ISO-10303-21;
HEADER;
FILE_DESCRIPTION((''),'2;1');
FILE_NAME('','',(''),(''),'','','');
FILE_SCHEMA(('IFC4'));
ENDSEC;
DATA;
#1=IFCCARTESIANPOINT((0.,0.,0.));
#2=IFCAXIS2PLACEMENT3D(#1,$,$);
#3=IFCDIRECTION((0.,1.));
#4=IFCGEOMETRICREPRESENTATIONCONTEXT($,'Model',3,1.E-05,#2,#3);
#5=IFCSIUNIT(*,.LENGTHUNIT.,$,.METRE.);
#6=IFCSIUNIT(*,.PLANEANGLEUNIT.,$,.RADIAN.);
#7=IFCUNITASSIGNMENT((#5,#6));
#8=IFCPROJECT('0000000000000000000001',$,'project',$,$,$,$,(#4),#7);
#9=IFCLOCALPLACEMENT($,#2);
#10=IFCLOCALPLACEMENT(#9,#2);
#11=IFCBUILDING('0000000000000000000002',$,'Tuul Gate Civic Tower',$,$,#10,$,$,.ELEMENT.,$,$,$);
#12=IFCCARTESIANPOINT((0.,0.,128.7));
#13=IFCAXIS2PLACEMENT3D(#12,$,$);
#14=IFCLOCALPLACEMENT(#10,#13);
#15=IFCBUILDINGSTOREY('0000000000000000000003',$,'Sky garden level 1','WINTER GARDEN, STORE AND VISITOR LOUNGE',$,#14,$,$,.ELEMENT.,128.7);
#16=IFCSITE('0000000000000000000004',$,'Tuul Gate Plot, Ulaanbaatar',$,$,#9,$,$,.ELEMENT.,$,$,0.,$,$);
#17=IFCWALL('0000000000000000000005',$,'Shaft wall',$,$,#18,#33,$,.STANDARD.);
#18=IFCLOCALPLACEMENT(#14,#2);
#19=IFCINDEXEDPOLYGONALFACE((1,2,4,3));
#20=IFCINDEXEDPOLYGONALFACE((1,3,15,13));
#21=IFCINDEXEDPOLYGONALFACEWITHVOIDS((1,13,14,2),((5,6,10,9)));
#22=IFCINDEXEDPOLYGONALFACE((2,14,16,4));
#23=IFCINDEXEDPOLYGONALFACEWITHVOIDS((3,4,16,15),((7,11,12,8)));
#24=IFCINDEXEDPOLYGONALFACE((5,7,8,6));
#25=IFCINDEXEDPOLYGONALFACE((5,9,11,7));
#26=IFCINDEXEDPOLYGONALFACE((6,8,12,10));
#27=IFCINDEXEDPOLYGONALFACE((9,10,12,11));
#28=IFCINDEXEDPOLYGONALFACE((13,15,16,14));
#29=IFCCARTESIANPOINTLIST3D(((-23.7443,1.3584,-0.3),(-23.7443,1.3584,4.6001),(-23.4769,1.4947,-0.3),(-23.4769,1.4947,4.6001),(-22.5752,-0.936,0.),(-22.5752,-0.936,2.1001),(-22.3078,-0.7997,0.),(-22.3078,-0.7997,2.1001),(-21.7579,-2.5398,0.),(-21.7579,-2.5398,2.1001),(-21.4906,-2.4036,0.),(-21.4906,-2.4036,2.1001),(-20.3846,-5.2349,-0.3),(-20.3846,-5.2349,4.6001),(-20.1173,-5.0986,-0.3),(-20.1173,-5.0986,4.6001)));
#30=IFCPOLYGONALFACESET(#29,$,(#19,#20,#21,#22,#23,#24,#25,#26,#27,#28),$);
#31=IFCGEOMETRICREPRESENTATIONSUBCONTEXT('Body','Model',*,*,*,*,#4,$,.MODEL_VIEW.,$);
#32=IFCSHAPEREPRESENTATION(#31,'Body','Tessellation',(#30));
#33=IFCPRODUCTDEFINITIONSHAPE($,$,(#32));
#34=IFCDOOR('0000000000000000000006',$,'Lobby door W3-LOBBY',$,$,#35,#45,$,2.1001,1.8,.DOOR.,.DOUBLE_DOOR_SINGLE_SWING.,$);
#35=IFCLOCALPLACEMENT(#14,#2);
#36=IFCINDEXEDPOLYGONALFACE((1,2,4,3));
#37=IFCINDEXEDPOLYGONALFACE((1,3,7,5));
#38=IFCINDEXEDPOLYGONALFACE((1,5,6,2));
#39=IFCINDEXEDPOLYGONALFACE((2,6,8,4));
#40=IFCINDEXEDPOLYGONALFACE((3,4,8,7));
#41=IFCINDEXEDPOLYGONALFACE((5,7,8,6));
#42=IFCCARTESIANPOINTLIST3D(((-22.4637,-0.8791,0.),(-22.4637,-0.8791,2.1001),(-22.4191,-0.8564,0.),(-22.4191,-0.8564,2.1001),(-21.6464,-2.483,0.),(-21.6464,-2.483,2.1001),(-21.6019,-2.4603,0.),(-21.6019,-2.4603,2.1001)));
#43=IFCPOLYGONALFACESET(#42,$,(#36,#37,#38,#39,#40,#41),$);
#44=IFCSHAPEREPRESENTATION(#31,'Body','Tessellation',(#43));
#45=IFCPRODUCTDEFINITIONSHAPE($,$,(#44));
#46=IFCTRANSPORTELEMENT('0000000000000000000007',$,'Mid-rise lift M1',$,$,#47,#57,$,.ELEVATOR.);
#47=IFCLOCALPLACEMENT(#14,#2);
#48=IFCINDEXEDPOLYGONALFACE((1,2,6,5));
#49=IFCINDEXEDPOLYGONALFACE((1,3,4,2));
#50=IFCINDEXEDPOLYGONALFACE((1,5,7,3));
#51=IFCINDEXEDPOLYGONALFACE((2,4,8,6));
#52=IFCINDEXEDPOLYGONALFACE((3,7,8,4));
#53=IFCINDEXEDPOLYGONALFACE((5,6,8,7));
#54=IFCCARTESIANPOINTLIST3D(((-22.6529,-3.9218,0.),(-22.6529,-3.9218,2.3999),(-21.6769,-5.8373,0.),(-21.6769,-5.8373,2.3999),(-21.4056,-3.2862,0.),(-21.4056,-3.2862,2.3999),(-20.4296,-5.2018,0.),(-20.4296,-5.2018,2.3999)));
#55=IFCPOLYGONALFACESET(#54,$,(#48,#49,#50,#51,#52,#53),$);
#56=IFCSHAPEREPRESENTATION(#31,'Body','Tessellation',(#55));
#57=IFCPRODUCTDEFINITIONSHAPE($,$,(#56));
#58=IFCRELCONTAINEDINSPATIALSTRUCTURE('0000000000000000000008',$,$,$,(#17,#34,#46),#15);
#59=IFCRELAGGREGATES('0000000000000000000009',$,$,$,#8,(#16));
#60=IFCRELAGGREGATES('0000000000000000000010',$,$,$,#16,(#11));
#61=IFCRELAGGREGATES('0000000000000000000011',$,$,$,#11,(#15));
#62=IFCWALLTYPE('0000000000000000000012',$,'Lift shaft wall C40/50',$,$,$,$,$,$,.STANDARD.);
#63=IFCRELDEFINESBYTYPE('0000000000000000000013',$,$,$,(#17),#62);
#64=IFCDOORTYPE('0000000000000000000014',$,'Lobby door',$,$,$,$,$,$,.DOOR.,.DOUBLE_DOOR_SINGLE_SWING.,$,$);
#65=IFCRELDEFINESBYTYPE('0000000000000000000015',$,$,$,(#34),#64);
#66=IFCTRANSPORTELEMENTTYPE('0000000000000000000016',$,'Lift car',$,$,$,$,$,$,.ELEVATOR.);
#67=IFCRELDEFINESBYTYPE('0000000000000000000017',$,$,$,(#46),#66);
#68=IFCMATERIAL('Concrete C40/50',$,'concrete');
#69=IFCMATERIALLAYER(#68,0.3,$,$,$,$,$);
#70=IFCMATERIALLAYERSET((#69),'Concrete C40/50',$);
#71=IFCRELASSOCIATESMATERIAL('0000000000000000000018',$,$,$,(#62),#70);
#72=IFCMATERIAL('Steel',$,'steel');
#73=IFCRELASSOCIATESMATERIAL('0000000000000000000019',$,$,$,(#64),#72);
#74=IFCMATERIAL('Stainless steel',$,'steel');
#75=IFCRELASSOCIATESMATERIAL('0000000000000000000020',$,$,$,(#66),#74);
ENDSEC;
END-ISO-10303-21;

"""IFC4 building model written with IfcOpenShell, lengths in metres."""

from ifc_helpers import new_model, si_unit, direction, frame, frame_2d, origin, origin_2d, place, context, subcontext, project, spatial, rectangle, extrude, material, layer, layer_set, type_object, element, fill, save


model = new_model("IFC4")

# Units and contexts
model_context = context("Model", 3, precision=1e-05, world=origin(), true_north=direction((0.0, 1.0)))
body_context = subcontext(model_context, "Body", "Model", "MODEL_VIEW")
ifc_project = project(units=[si_unit("LENGTHUNIT", "METRE"), si_unit("PLANEANGLEUNIT", "RADIAN")], contexts=[model_context])

# Site, building, storey
site_placement = place(None, origin())
site = spatial("IfcSite", under=ifc_project, at=site_placement, Name="Tuul Gate Plot, Ulaanbaatar", CompositionType="ELEMENT", RefElevation=0.0)
building_placement = place(site_placement, origin())
building = spatial("IfcBuilding", under=site, at=building_placement, Name="Tuul Gate Civic Tower", CompositionType="ELEMENT")
storey_placement = place(building_placement, frame((0.0, 0.0, 128.7)))
storey = spatial("IfcBuildingStorey", under=building, at=storey_placement, Name="Sky garden level 1", Description="WINTER GARDEN, STORE AND VISITOR LOUNGE", CompositionType="ELEMENT", Elevation=128.7)

# Shared definitions
ifc_material_1 = material(Name="Concrete C40/50", Category="concrete")
ifc_layer_1 = layer(ifc_material_1, 0.3)
ifc_layer_set_1 = layer_set([ifc_layer_1], Name="Concrete C40/50")
wall_type_1 = type_object("IfcWallType", Name="Lift shaft wall C40/50", PredefinedType="STANDARD", material=ifc_layer_set_1)

# Wall, opening, door
wall_1_placement = place(storey_placement, frame((-20.251, -5.1667, -0.3), z_axis=(0.0, 0.0, 1.0), x_axis=(-0.45401, 0.890996, 0.0)))
wall_1 = element("IfcWall", 1, at=wall_1_placement, inside=storey, type_object=wall_type_1, Name="Shaft wall", PredefinedType="STANDARD", context=body_context, shape_type="SweptSolid", body=[
    extrude(rectangle(XDim=7.3999, YDim=0.3, at=frame_2d((3.7, 0.0))), origin(), (0.0, 0.0, 1.0), 4.9001),
])
opening_1_placement = place(wall_1_placement, frame((3.0249, 0.0, 0.3)))
opening_1 = element("IfcOpeningElement", 2, at=opening_1_placement, cuts=wall_1, PredefinedType="OPENING", context=body_context, shape_type="SweptSolid", body=[
    extrude(rectangle(XDim=1.8, YDim=2.1001, at=frame_2d((0.8999, 1.05))), frame((0.0, 0.1602, 0.0), z_axis=(0.0, -1.0, 0.0), x_axis=(1.0, 0.0, 0.0)), (0.0, 0.0, 1.0), 0.3201),
])
ifc_material_2 = material(Name="Steel", Category="steel")
door_type_1 = type_object("IfcDoorType", Name="Lobby door", OperationType="DOUBLE_DOOR_SINGLE_SWING", PredefinedType="DOOR", material=ifc_material_2)
door_1_placement = place(opening_1_placement, origin())
door_1 = element("IfcDoor", 3, at=door_1_placement, inside=storey, type_object=door_type_1, Name="Lobby door W3-LOBBY", OperationType="DOUBLE_DOOR_SINGLE_SWING", OverallHeight=2.1001, OverallWidth=1.8, PredefinedType="DOOR", context=body_context, shape_type="SweptSolid", body=[
    extrude(rectangle(XDim=1.8, YDim=2.1001, at=frame_2d((0.8999, 1.05))), frame((0.0, 0.0249, 0.0), z_axis=(0.0, -1.0, 0.0), x_axis=(1.0, 0.0, 0.0)), (0.0, 0.0, 1.0), 0.05),
])
fill(opening_1, door_1)

# Transport element
ifc_material_3 = material(Name="Stainless steel", Category="steel")
transport_element_type = type_object("IfcTransportElementType", Name="Lift car", PredefinedType="ELEVATOR", material=ifc_material_3)
transport_element_placement = place(storey_placement, frame((-21.5413, -4.5618, 0.0), z_axis=(0.0, 0.0, 1.0), x_axis=(-0.891001, -0.454001, 0.0)))
element("IfcTransportElement", 4, at=transport_element_placement, inside=storey, type_object=transport_element_type, Name="Mid-rise lift M1", PredefinedType="ELEVATOR", context=body_context, shape_type="SweptSolid", body=[
    extrude(rectangle(XDim=1.3999, YDim=2.1499, at=origin_2d()), origin(), (0.0, 0.0, 1.0), 2.3999),
])

save(model, "model.ifc")
